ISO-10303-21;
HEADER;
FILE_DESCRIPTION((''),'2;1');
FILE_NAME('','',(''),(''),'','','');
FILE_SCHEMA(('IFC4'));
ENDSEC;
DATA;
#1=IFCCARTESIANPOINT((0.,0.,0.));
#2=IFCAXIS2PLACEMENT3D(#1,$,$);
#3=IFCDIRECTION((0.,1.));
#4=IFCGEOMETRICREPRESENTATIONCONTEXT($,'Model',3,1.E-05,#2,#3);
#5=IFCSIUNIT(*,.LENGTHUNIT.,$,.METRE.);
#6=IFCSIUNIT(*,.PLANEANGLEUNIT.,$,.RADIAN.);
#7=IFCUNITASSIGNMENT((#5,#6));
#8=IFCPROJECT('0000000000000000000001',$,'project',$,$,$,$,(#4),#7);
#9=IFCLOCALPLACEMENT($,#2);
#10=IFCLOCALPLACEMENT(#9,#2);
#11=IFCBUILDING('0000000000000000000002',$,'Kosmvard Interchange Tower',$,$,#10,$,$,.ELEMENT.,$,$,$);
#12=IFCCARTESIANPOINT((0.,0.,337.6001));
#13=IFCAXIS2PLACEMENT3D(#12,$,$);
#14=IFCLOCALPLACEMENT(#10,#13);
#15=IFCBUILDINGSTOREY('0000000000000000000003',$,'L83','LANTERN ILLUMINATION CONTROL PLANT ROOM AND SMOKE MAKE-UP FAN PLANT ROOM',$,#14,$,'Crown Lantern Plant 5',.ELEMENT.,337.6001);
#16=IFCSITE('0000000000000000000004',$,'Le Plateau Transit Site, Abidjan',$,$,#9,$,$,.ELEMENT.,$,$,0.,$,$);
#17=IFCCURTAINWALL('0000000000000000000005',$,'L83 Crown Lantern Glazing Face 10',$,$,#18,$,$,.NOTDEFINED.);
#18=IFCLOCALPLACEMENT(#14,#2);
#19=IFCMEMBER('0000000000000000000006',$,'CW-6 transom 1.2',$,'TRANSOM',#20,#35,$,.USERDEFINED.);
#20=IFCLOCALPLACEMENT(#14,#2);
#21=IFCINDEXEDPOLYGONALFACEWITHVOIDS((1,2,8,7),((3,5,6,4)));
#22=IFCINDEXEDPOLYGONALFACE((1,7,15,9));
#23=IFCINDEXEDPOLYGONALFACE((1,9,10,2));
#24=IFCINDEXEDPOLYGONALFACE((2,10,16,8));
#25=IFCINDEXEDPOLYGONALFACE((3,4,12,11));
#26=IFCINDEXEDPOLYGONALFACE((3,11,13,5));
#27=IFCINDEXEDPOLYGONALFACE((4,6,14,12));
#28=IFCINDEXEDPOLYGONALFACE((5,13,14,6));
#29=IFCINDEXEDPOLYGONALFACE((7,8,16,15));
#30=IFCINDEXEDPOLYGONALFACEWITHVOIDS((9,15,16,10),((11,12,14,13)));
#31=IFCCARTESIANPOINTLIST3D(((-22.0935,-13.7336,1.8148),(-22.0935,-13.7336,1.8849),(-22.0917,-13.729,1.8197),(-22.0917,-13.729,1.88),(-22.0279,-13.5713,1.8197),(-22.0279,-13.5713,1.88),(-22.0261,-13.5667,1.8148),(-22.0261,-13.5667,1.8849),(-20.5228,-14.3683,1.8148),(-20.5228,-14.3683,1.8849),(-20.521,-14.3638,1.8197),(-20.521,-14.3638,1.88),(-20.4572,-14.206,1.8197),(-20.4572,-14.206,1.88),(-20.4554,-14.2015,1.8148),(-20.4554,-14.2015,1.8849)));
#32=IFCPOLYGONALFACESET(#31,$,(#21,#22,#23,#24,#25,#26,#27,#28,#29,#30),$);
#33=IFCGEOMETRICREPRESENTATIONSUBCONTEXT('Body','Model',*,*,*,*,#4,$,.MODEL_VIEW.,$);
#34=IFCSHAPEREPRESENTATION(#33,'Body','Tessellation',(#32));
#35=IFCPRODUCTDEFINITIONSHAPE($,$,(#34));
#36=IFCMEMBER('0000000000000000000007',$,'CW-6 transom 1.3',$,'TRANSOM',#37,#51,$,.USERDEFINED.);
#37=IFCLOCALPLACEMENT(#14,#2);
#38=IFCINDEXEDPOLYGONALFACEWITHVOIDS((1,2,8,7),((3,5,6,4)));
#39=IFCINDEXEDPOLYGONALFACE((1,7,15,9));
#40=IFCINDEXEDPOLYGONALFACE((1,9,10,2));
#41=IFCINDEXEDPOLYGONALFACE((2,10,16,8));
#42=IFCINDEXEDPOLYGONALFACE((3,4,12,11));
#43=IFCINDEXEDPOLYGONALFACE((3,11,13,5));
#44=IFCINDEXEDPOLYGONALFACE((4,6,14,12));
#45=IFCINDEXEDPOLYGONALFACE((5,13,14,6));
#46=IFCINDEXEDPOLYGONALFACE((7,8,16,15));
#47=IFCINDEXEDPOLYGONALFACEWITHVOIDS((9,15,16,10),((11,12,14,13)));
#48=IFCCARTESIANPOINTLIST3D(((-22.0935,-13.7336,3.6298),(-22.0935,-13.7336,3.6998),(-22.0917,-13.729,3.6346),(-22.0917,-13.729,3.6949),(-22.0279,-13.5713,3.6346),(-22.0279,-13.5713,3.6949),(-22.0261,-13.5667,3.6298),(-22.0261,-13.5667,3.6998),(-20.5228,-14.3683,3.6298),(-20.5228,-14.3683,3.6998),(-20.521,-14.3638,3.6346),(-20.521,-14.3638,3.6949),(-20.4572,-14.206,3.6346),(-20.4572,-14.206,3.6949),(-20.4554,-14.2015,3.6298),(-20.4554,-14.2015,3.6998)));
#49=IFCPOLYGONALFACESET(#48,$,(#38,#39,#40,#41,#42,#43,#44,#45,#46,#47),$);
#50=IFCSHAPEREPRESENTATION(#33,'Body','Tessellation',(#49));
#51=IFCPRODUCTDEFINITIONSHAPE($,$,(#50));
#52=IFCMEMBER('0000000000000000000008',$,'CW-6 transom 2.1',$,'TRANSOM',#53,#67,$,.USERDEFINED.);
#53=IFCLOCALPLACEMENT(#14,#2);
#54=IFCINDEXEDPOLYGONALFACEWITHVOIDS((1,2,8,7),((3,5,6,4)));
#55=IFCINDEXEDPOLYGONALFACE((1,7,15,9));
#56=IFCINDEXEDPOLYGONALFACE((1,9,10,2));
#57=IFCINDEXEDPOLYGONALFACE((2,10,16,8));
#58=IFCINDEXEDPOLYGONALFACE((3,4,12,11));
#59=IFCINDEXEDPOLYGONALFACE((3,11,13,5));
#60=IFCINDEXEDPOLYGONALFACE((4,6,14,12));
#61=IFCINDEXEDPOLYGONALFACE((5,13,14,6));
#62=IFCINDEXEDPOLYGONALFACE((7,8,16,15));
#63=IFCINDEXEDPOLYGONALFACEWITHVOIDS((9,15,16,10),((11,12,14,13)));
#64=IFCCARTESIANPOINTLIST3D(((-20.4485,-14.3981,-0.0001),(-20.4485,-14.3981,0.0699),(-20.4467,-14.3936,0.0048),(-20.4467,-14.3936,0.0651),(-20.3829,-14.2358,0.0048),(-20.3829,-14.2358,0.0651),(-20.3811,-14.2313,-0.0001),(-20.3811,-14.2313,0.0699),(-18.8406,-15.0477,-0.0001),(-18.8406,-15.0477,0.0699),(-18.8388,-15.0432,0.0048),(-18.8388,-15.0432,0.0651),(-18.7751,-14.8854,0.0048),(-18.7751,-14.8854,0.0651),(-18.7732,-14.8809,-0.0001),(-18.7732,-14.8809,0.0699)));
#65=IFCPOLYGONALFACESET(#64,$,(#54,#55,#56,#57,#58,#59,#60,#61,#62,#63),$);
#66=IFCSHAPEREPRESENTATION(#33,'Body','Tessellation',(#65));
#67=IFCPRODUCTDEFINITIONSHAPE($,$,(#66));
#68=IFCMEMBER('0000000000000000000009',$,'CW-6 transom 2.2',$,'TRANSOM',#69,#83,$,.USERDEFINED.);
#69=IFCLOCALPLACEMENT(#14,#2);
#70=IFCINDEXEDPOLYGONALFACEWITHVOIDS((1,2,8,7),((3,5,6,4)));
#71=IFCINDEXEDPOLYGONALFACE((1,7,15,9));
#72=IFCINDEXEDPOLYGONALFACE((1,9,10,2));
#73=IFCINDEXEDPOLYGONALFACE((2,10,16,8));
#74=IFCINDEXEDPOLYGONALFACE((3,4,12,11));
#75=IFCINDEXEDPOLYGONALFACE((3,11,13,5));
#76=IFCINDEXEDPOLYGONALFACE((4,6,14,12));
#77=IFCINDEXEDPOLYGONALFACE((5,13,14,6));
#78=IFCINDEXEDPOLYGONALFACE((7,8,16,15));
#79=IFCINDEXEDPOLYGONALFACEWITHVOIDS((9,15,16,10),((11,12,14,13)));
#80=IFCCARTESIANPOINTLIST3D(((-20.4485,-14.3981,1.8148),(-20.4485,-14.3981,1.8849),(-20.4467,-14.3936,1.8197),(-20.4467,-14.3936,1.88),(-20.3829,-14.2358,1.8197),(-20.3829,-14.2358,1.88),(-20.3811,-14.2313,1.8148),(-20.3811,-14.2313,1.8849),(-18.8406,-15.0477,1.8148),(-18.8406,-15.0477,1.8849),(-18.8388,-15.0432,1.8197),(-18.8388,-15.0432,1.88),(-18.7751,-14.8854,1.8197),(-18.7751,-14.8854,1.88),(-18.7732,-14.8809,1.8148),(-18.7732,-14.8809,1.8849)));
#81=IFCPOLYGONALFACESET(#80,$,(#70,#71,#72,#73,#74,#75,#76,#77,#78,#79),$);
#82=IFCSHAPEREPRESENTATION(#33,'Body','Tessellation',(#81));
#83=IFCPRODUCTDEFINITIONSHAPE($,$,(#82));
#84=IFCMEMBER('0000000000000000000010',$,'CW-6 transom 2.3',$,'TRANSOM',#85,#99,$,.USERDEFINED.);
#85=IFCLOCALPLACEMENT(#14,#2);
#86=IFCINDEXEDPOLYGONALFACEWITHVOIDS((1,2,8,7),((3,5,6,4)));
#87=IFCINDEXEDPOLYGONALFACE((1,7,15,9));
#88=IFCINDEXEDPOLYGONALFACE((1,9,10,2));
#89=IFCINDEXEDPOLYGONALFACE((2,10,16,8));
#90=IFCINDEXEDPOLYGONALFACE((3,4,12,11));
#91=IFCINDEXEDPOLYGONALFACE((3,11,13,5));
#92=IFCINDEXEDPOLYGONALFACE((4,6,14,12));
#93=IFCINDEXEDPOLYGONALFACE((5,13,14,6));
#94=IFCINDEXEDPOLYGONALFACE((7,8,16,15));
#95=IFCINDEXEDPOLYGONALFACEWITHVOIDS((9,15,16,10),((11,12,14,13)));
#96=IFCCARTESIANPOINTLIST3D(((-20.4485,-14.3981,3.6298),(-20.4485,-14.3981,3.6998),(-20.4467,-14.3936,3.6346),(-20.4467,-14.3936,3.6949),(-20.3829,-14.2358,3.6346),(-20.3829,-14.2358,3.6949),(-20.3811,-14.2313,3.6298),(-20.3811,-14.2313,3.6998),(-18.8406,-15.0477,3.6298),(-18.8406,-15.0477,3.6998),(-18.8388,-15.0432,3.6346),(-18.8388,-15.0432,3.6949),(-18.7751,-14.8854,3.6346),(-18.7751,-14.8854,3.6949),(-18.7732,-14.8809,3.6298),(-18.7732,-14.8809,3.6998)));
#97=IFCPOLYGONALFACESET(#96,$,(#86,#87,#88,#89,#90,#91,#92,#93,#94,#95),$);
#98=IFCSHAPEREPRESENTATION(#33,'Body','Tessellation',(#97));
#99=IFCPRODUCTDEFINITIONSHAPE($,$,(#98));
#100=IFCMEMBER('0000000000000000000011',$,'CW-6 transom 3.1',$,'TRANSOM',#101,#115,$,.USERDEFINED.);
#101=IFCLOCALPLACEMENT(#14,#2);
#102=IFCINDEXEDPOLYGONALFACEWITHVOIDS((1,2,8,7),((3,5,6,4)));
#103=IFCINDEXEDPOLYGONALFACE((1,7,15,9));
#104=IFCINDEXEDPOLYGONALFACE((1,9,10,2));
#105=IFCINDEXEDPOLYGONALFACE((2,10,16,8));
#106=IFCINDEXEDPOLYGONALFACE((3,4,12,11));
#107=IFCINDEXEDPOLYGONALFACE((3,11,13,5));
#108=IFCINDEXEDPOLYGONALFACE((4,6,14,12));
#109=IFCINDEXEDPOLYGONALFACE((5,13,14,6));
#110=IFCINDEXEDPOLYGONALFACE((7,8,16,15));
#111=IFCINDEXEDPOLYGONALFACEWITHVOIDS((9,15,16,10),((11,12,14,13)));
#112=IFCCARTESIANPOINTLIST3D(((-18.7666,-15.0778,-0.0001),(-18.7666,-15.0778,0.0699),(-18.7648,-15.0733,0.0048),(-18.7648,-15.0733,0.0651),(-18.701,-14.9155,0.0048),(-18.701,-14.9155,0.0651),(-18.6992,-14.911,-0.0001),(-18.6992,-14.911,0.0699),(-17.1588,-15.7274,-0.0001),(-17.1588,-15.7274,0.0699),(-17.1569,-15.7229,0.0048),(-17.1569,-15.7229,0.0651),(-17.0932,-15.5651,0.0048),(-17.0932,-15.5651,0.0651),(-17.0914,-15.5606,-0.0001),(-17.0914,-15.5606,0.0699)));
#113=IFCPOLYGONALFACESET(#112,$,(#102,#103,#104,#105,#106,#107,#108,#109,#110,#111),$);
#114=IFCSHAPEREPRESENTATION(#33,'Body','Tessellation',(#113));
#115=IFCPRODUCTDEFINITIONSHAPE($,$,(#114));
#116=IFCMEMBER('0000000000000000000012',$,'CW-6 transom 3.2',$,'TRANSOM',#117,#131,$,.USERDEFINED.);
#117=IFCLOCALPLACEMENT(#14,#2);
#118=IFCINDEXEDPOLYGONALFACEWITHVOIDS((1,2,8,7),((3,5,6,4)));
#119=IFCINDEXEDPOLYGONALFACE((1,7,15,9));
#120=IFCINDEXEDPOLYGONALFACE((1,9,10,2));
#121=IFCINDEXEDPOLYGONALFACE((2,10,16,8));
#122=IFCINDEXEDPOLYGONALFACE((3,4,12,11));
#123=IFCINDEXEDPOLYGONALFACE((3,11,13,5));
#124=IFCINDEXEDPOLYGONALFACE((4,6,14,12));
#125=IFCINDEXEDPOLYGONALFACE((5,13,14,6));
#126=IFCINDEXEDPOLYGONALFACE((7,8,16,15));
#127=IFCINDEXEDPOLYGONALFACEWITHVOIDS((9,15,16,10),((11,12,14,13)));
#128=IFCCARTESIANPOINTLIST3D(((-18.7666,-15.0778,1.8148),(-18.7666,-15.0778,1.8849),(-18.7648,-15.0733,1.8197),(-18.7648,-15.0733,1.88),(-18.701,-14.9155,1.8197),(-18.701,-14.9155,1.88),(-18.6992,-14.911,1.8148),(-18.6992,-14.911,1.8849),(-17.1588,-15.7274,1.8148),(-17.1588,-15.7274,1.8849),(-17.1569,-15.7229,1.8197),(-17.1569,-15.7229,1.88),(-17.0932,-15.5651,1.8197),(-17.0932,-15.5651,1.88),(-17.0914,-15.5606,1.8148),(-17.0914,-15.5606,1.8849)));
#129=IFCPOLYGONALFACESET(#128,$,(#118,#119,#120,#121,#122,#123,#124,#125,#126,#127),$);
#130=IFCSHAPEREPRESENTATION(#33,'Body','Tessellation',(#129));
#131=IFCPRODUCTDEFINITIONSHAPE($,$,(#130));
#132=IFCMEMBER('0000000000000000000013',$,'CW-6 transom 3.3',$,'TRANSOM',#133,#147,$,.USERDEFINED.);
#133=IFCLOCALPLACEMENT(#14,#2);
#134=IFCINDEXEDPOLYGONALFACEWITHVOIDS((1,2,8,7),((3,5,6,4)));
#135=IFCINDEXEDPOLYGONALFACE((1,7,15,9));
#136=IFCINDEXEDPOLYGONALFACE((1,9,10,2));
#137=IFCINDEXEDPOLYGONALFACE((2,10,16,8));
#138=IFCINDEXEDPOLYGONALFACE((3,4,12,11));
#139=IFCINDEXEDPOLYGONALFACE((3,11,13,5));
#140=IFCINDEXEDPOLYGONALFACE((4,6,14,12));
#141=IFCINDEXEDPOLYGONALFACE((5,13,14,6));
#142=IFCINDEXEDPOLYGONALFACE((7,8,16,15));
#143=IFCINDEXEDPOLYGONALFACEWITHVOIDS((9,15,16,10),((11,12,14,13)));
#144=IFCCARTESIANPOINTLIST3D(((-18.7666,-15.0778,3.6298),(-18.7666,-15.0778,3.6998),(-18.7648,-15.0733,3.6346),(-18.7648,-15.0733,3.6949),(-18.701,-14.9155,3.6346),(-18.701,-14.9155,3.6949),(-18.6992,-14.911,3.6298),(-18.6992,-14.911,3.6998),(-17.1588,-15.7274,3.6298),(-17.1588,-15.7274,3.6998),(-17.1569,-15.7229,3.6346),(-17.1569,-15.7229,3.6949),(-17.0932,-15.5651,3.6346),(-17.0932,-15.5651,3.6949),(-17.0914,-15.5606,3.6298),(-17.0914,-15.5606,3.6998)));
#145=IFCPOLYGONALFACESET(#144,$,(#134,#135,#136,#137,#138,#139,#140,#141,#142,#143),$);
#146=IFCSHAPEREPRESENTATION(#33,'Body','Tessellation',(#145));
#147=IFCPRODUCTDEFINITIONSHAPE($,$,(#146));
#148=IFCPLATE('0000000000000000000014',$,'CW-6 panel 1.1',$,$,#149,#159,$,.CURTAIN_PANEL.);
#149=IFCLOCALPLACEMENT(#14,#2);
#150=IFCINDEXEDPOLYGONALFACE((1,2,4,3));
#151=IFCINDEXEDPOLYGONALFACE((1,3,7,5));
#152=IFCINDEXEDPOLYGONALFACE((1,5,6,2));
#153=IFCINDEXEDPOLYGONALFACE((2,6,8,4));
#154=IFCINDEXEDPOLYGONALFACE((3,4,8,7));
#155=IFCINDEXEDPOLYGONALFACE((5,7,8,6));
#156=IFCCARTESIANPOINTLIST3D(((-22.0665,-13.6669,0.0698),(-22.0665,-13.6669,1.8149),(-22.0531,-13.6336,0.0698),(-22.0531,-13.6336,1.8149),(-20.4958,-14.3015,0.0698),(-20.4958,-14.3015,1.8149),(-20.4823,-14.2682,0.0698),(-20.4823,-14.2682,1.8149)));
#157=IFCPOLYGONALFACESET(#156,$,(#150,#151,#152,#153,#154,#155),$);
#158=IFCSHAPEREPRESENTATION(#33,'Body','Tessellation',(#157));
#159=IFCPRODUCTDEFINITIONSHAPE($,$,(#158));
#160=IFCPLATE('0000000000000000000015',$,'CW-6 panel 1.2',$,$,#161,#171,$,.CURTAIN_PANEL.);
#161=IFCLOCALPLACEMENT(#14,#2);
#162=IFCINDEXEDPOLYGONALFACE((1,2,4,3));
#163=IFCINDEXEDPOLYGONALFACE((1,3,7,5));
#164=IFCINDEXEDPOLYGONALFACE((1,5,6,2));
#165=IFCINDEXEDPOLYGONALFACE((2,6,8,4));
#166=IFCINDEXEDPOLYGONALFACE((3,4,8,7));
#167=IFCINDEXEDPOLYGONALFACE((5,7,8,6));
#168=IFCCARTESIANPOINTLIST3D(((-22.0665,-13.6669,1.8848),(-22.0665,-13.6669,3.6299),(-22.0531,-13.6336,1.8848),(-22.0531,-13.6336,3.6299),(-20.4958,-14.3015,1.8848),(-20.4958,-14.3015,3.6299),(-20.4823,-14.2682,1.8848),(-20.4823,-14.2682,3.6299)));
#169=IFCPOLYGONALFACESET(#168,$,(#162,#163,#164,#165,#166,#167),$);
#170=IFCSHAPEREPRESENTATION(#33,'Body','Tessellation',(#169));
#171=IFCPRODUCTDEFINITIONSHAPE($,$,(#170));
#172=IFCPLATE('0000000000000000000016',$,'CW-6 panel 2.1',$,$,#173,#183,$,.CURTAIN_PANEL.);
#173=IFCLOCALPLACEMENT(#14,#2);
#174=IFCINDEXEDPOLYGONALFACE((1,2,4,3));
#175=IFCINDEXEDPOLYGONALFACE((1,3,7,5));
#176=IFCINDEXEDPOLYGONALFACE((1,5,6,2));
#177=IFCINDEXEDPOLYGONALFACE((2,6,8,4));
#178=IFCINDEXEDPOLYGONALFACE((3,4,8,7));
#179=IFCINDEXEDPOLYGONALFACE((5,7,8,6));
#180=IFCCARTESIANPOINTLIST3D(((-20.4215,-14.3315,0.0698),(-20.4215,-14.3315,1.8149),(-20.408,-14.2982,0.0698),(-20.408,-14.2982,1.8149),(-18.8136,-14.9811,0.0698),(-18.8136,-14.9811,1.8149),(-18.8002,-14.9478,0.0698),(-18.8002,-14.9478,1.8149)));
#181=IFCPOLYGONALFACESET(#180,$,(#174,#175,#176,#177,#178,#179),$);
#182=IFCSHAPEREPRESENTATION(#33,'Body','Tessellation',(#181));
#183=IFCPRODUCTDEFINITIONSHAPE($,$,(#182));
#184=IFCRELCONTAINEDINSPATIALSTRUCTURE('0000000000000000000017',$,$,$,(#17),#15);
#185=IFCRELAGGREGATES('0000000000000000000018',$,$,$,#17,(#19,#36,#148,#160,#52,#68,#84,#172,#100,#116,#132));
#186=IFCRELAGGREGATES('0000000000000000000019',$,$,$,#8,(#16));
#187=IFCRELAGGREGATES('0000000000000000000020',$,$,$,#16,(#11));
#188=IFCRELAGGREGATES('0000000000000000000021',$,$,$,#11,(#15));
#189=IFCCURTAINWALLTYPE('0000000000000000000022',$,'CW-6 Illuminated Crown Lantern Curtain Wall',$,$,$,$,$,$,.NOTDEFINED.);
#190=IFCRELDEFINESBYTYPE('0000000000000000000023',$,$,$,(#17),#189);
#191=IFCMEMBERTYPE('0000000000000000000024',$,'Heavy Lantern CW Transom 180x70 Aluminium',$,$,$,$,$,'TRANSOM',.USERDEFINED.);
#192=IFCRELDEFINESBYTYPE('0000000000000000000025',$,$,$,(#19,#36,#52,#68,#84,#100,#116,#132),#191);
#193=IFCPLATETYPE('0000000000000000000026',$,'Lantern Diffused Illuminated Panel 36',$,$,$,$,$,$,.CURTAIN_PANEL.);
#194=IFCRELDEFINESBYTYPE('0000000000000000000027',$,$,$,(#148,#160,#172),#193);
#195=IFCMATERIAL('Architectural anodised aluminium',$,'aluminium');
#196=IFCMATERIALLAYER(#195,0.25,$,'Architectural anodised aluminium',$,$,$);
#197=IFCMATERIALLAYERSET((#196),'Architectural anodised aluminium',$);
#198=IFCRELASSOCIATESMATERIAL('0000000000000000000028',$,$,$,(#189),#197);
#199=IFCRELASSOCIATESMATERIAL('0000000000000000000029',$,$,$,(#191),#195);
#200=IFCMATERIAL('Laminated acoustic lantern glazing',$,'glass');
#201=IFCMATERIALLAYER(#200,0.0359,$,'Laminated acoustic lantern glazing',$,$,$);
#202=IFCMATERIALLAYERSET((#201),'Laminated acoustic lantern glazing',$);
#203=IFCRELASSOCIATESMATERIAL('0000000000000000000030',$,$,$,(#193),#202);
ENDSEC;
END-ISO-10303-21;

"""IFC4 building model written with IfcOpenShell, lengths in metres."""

from ifc_helpers import new_model, si_unit, direction, frame, origin, origin_2d, place, context, subcontext, project, spatial, rectangle, hollow_rectangle, extrude, source, transform, mapped, material, layer, layer_set, material_profile, profile_set, type_object, element, aggregate, save


model = new_model("IFC4")

# Units and contexts
model_context = context("Model", 3, precision=1e-05, world=origin(), true_north=direction((0.0, 1.0)))
body_context = subcontext(model_context, "Body", "Model", "MODEL_VIEW")
ifc_project = project(units=[si_unit("LENGTHUNIT", "METRE"), si_unit("PLANEANGLEUNIT", "RADIAN")], contexts=[model_context])

# Site, building, storey
site_placement = place(None, origin())
site = spatial("IfcSite", under=ifc_project, at=site_placement, Name="Le Plateau Transit Site, Abidjan", CompositionType="ELEMENT", RefElevation=0.0)
building_placement = place(site_placement, origin())
building = spatial("IfcBuilding", under=site, at=building_placement, Name="Kosmvard Interchange Tower", CompositionType="ELEMENT")
storey_placement = place(building_placement, frame((0.0, 0.0, 337.6001)))
storey = spatial("IfcBuildingStorey", under=building, at=storey_placement, Name="L83", Description="LANTERN ILLUMINATION CONTROL PLANT ROOM AND SMOKE MAKE-UP FAN PLANT ROOM", LongName="Crown Lantern Plant 5", CompositionType="ELEMENT", Elevation=337.6001)

# Shared definitions
ifc_material_1 = material(Name="Architectural anodised aluminium", Category="aluminium")
ifc_layer_1 = layer(ifc_material_1, 0.25, Name="Architectural anodised aluminium")
ifc_layer_set_1 = layer_set([ifc_layer_1], Name="Architectural anodised aluminium")
curtain_wall_type = type_object("IfcCurtainWallType", Name="CW-6 Illuminated Crown Lantern Curtain Wall", PredefinedType="NOTDEFINED", material=ifc_layer_set_1)

# Curtain wall, members, plates
curtain_wall_1_placement = place(storey_placement, origin())
curtain_wall_1 = element("IfcCurtainWall", 1, at=curtain_wall_1_placement, inside=storey, type_object=curtain_wall_type, Name="L83 Crown Lantern Glazing Face 10", PredefinedType="NOTDEFINED")
ifc_material_profile_1 = material_profile(ifc_material_1, hollow_rectangle(XDim=0.1799, YDim=0.0701, WallThickness=0.0049, at=origin_2d()), Name="CWT 180x70x5")
ifc_profile_set_1 = profile_set([ifc_material_profile_1], Name="Architectural anodised aluminium")
member_type_1 = type_object("IfcMemberType", Name="Heavy Lantern CW Transom 180x70 Aluminium", ElementType="TRANSOM", PredefinedType="USERDEFINED", material=ifc_profile_set_1)
shared_shape_1 = source(origin(), body_context, "Body", "SweptSolid", [
    extrude(hollow_rectangle(XDim=0.1799, YDim=0.0701, WallThickness=0.0049, at=origin_2d()), origin(), (0.0, 0.0, 1.0), 1.6941),
])
member_1_placement = place(storey_placement, frame((-22.0598, -13.6501, 1.8499), z_axis=(0.927159, -0.374668, 0.0), x_axis=(0.374668, 0.927159, 0.0)))
member_1 = element("IfcMember", 2, at=member_1_placement, type_object=member_type_1, Name="CW-6 transom 1.2", ObjectType="TRANSOM", PredefinedType="USERDEFINED", context=body_context, shape_type="MappedRepresentation", body=[
    mapped(shared_shape_1, transform((0.0, 0.0, 0.0), scale=1.0)),
])
member_2_placement = place(storey_placement, frame((-22.0598, -13.6501, 3.6648), z_axis=(0.927159, -0.374668, 0.0), x_axis=(0.374668, 0.927159, 0.0)))
member_2 = element("IfcMember", 3, at=member_2_placement, type_object=member_type_1, Name="CW-6 transom 1.3", ObjectType="TRANSOM", PredefinedType="USERDEFINED", context=body_context, shape_type="MappedRepresentation", body=[
    mapped(shared_shape_1, transform((0.0, 0.0, 0.0), scale=1.0)),
])
shared_shape_2 = source(origin(), body_context, "Body", "SweptSolid", [
    extrude(hollow_rectangle(XDim=0.1799, YDim=0.0701, WallThickness=0.0049, at=origin_2d()), origin(), (0.0, 0.0, 1.0), 1.7341),
])
member_3_placement = place(storey_placement, frame((-20.4148, -14.3147, 0.0349), z_axis=(0.92718, -0.374617, 0.0), x_axis=(0.374617, 0.92718, 0.0)))
member_3 = element("IfcMember", 4, at=member_3_placement, type_object=member_type_1, Name="CW-6 transom 2.1", ObjectType="TRANSOM", PredefinedType="USERDEFINED", context=body_context, shape_type="MappedRepresentation", body=[
    mapped(shared_shape_2, transform((0.0, 0.0, 0.0), scale=1.0)),
])
member_4_placement = place(storey_placement, frame((-20.4148, -14.3147, 1.8499), z_axis=(0.92718, -0.374617, 0.0), x_axis=(0.374617, 0.92718, 0.0)))
member_4 = element("IfcMember", 5, at=member_4_placement, type_object=member_type_1, Name="CW-6 transom 2.2", ObjectType="TRANSOM", PredefinedType="USERDEFINED", context=body_context, shape_type="MappedRepresentation", body=[
    mapped(shared_shape_2, transform((0.0, 0.0, 0.0), scale=1.0)),
])
member_5_placement = place(storey_placement, frame((-20.4148, -14.3147, 3.6648), z_axis=(0.92718, -0.374617, 0.0), x_axis=(0.374617, 0.92718, 0.0)))
member_5 = element("IfcMember", 6, at=member_5_placement, type_object=member_type_1, Name="CW-6 transom 2.3", ObjectType="TRANSOM", PredefinedType="USERDEFINED", context=body_context, shape_type="MappedRepresentation", body=[
    mapped(shared_shape_2, transform((0.0, 0.0, 0.0), scale=1.0)),
])
member_6_placement = place(storey_placement, frame((-18.7329, -14.9944, 0.0349), z_axis=(0.92718, -0.374617, 0.0), x_axis=(0.374617, 0.92718, 0.0)))
member_6 = element("IfcMember", 7, at=member_6_placement, type_object=member_type_1, Name="CW-6 transom 3.1", ObjectType="TRANSOM", PredefinedType="USERDEFINED", context=body_context, shape_type="MappedRepresentation", body=[
    mapped(shared_shape_2, transform((0.0, 0.0, 0.0), scale=1.0)),
])
member_7_placement = place(storey_placement, frame((-18.7329, -14.9944, 1.8499), z_axis=(0.92718, -0.374617, 0.0), x_axis=(0.374617, 0.92718, 0.0)))
member_7 = element("IfcMember", 8, at=member_7_placement, type_object=member_type_1, Name="CW-6 transom 3.2", ObjectType="TRANSOM", PredefinedType="USERDEFINED", context=body_context, shape_type="MappedRepresentation", body=[
    mapped(shared_shape_2, transform((0.0, 0.0, 0.0), scale=1.0)),
])
member_8_placement = place(storey_placement, frame((-18.7329, -14.9944, 3.6648), z_axis=(0.92718, -0.374617, 0.0), x_axis=(0.374617, 0.92718, 0.0)))
member_8 = element("IfcMember", 9, at=member_8_placement, type_object=member_type_1, Name="CW-6 transom 3.3", ObjectType="TRANSOM", PredefinedType="USERDEFINED", context=body_context, shape_type="MappedRepresentation", body=[
    mapped(shared_shape_2, transform((0.0, 0.0, 0.0), scale=1.0)),
])
ifc_material_2 = material(Name="Laminated acoustic lantern glazing", Category="glass")
ifc_layer_2 = layer(ifc_material_2, 0.0359, Name="Laminated acoustic lantern glazing")
ifc_layer_set_2 = layer_set([ifc_layer_2], Name="Laminated acoustic lantern glazing")
plate_type = type_object("IfcPlateType", Name="Lantern Diffused Illuminated Panel 36", PredefinedType="CURTAIN_PANEL", material=ifc_layer_set_2)
shared_shape_3 = source(origin(), body_context, "Body", "SweptSolid", [
    extrude(rectangle(XDim=1.6941, YDim=0.0359, at=origin_2d()), origin(), (0.0, 0.0, 1.0), 1.7451),
])
plate_1_placement = place(storey_placement, frame((-21.2744, -13.9675, 0.0698), z_axis=(0.0, 0.0, 1.0), x_axis=(0.927184, -0.374607, 0.0)))
plate_1 = element("IfcPlate", 10, at=plate_1_placement, type_object=plate_type, Name="CW-6 panel 1.1", PredefinedType="CURTAIN_PANEL", context=body_context, shape_type="MappedRepresentation", body=[
    mapped(shared_shape_3, transform((0.0, 0.0, 0.0), scale=1.0)),
])
plate_2_placement = place(storey_placement, frame((-21.2744, -13.9675, 1.8848), z_axis=(0.0, 0.0, 1.0), x_axis=(0.927184, -0.374607, 0.0)))
plate_2 = element("IfcPlate", 11, at=plate_2_placement, type_object=plate_type, Name="CW-6 panel 1.2", PredefinedType="CURTAIN_PANEL", context=body_context, shape_type="MappedRepresentation", body=[
    mapped(shared_shape_3, transform((0.0, 0.0, 0.0), scale=1.0)),
])
shared_shape_4 = source(origin(), body_context, "Body", "SweptSolid", [
    extrude(rectangle(XDim=1.7341, YDim=0.0359, at=origin_2d()), origin(), (0.0, 0.0, 1.0), 1.7451),
])
plate_3_placement = place(storey_placement, frame((-19.6108, -14.6396, 0.0698), z_axis=(0.0, 0.0, 1.0), x_axis=(0.927184, -0.374607, 0.0)))
plate_3 = element("IfcPlate", 12, at=plate_3_placement, type_object=plate_type, Name="CW-6 panel 2.1", PredefinedType="CURTAIN_PANEL", context=body_context, shape_type="MappedRepresentation", body=[
    mapped(shared_shape_4, transform((0.0, 0.0, 0.0), scale=1.0)),
])
aggregate(curtain_wall_1, [member_1, member_2, plate_1, plate_2, member_3, member_4, member_5, plate_3, member_6, member_7, member_8])

save(model, "model.ifc")
